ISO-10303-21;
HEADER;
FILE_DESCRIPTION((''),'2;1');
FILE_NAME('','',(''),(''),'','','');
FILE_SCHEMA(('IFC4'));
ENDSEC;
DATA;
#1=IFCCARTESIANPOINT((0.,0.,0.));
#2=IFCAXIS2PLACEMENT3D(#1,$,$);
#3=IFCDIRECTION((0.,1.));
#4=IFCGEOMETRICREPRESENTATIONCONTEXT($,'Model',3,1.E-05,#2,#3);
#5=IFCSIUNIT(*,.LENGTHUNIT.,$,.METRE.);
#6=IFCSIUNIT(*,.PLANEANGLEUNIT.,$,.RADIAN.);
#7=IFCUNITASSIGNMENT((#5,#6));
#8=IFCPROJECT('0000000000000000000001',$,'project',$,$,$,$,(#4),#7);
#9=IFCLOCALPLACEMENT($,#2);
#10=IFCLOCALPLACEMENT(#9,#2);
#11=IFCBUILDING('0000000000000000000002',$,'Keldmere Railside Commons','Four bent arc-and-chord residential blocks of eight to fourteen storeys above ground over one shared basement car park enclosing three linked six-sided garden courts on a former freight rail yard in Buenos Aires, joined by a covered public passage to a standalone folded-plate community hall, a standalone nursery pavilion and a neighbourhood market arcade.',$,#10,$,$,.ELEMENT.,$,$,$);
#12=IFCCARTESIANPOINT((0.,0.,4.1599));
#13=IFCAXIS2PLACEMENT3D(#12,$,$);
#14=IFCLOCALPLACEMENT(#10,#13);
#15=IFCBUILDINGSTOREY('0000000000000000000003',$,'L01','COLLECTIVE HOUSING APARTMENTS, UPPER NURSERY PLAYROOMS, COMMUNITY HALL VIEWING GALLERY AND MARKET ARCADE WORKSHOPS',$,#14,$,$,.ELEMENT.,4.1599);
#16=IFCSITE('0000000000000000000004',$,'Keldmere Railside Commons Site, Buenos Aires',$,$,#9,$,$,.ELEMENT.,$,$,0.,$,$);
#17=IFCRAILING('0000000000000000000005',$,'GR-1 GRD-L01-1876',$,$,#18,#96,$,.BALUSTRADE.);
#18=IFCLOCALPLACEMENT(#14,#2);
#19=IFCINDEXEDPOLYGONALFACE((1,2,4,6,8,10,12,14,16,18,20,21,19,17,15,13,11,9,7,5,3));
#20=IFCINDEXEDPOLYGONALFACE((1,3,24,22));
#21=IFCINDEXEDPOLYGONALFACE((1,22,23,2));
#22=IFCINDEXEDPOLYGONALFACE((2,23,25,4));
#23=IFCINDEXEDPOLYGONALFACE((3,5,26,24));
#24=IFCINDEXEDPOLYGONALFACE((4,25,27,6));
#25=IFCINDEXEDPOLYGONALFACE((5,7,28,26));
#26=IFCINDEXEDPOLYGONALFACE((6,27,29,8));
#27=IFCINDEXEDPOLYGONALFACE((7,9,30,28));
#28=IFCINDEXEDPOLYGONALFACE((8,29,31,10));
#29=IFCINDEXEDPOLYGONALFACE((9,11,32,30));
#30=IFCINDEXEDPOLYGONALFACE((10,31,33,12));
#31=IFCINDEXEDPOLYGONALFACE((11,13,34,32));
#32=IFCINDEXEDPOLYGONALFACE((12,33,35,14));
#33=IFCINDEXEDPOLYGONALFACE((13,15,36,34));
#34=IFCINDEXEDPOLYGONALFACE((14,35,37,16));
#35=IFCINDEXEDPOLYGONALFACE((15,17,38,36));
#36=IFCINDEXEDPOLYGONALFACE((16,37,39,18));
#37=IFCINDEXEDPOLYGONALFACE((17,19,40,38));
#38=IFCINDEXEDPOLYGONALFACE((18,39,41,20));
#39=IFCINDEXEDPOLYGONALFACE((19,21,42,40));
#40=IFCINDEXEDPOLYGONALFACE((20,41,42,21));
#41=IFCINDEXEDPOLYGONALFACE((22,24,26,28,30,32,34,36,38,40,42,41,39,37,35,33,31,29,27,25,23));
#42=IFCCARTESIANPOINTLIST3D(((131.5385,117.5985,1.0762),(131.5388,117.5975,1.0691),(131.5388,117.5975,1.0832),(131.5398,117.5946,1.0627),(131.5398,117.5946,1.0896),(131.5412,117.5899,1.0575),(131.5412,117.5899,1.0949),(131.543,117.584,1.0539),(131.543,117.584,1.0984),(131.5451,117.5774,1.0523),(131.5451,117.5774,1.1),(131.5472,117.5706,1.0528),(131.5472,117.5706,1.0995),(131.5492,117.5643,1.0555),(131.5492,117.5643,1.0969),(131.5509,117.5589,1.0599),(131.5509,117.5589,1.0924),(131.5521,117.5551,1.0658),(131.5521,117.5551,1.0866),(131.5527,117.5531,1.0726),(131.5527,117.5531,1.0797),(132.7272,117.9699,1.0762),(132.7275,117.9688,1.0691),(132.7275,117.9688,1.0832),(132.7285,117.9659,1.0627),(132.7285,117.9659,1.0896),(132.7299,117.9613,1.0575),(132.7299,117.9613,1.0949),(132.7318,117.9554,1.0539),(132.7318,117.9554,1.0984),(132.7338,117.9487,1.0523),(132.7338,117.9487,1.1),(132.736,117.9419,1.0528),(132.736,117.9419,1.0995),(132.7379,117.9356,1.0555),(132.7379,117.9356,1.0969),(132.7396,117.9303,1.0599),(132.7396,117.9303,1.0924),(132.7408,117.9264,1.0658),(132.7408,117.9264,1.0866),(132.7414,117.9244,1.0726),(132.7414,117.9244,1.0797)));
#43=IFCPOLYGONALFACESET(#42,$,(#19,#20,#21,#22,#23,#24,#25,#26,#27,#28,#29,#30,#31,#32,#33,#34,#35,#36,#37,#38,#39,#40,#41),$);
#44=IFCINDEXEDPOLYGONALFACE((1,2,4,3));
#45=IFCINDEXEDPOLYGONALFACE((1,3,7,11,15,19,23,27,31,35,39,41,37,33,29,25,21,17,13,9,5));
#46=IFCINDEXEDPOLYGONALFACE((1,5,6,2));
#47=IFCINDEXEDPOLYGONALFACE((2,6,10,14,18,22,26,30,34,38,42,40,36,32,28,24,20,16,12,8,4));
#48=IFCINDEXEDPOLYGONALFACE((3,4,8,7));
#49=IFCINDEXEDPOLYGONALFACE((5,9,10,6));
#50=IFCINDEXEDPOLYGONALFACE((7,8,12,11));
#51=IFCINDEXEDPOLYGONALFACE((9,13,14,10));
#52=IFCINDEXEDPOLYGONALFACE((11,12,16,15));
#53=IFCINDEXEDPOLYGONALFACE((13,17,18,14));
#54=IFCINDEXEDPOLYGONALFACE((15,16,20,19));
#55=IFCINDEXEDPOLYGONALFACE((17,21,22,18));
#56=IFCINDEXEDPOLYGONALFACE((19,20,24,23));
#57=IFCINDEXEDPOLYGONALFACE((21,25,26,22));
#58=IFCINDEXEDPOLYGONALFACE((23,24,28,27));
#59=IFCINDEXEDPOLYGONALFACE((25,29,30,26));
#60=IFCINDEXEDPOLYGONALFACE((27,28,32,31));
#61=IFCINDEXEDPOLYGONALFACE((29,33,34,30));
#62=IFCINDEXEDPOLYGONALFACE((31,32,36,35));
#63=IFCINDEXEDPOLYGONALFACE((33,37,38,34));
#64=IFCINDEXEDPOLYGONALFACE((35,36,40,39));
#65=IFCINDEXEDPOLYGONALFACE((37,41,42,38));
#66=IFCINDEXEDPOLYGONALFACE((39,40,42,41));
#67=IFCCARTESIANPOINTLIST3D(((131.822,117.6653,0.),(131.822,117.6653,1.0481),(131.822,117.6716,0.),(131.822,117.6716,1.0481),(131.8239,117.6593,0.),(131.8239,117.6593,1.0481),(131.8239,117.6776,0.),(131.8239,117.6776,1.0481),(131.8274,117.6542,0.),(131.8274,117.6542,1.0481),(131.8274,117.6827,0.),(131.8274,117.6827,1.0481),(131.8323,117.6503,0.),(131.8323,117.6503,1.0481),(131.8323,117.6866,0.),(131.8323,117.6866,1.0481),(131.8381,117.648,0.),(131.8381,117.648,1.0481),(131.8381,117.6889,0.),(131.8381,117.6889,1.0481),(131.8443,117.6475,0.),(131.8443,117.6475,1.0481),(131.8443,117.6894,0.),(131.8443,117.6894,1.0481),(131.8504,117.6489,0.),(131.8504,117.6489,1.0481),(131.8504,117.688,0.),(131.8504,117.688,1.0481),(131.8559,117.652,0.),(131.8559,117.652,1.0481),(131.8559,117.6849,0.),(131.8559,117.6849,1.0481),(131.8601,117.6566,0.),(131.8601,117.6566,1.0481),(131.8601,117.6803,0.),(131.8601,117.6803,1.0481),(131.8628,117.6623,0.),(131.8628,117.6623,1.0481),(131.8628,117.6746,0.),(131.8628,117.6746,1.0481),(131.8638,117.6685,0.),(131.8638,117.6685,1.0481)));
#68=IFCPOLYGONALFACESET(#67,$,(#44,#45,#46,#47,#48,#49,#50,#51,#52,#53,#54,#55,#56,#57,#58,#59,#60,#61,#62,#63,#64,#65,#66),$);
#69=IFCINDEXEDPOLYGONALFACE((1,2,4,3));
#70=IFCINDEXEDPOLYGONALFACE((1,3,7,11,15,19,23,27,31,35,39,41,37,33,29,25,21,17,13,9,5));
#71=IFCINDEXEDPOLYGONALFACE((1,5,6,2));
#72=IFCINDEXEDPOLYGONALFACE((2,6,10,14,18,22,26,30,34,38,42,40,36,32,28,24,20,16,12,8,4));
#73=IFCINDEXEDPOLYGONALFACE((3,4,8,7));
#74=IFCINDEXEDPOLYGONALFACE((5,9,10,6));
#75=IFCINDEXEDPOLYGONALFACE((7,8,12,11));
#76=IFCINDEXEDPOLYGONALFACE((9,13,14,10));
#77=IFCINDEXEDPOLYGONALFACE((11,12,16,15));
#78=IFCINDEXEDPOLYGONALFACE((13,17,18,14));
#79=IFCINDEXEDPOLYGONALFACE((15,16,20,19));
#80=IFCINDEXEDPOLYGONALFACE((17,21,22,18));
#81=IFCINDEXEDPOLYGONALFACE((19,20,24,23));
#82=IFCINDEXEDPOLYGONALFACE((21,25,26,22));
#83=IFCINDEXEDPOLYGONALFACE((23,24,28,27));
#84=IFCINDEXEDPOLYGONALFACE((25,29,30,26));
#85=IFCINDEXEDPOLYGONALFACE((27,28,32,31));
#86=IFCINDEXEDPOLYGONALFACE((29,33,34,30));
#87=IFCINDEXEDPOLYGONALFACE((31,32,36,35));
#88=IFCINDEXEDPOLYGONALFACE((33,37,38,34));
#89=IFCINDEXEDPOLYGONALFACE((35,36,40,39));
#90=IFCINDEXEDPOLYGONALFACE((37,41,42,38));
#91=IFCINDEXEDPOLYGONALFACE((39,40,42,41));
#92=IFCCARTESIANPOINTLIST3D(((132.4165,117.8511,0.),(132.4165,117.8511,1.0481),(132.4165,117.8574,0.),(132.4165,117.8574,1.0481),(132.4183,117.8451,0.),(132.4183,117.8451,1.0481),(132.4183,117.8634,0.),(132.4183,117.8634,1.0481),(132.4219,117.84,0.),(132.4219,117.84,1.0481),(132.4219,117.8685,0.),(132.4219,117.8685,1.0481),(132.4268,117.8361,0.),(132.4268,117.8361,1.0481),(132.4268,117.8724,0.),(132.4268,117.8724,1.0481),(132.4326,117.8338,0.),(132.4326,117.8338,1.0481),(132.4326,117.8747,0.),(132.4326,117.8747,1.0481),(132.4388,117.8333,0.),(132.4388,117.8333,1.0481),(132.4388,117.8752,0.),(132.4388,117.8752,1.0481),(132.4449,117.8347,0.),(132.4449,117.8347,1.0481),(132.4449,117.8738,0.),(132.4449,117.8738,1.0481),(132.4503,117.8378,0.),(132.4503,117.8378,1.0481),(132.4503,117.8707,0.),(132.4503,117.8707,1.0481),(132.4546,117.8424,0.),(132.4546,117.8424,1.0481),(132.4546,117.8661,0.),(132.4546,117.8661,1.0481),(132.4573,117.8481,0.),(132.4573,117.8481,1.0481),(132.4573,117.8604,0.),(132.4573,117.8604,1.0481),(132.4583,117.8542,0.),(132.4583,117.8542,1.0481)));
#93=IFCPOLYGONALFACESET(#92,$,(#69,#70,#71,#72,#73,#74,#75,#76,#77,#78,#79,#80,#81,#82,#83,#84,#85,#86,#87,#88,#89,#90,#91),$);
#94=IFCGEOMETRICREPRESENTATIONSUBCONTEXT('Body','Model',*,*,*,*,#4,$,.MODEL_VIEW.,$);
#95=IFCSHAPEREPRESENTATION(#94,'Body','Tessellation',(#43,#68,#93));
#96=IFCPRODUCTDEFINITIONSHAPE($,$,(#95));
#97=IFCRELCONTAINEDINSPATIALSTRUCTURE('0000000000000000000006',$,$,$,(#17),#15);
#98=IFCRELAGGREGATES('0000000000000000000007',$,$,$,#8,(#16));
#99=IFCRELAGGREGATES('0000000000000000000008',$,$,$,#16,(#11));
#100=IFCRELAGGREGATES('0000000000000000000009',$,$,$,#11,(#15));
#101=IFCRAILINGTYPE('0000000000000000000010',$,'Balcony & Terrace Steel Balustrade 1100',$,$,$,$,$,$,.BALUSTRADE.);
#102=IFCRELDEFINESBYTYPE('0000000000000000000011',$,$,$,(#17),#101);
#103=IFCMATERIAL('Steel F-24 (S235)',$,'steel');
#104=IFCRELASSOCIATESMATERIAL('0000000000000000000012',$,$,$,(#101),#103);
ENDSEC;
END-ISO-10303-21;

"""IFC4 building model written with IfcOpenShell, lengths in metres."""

from ifc_helpers import new_model, si_unit, direction, frame, origin, origin_2d, place, context, subcontext, project, spatial, circle, extrude, material, type_object, element, save


model = new_model("IFC4")

# Units and contexts
model_context = context("Model", 3, precision=1e-05, world=origin(), true_north=direction((0.0, 1.0)))
body_context = subcontext(model_context, "Body", "Model", "MODEL_VIEW")
ifc_project = project(units=[si_unit("LENGTHUNIT", "METRE"), si_unit("PLANEANGLEUNIT", "RADIAN")], contexts=[model_context])

# Site, building, storey
site_placement = place(None, origin())
site = spatial("IfcSite", under=ifc_project, at=site_placement, Name="Keldmere Railside Commons Site, Buenos Aires", CompositionType="ELEMENT", RefElevation=0.0)
building_placement = place(site_placement, origin())
building = spatial("IfcBuilding", under=site, at=building_placement, Name="Keldmere Railside Commons", Description="Four bent arc-and-chord residential blocks of eight to fourteen storeys above ground over one shared basement car park enclosing three linked six-sided garden courts on a former freight rail yard in Buenos Aires, joined by a covered public passage to a standalone folded-plate community hall, a standalone nursery pavilion and a neighbourhood market arcade.", CompositionType="ELEMENT")
storey_placement = place(building_placement, frame((0.0, 0.0, 4.1599)))
storey = spatial("IfcBuildingStorey", under=building, at=storey_placement, Name="L01", Description="COLLECTIVE HOUSING APARTMENTS, UPPER NURSERY PLAYROOMS, COMMUNITY HALL VIEWING GALLERY AND MARKET ARCADE WORKSHOPS", CompositionType="ELEMENT", Elevation=4.1599)

# Railing
ifc_material_1 = material(Name="Steel F-24 (S235)", Category="steel")
railing_type = type_object("IfcRailingType", Name="Balcony & Terrace Steel Balustrade 1100", PredefinedType="BALUSTRADE", material=ifc_material_1)
railing_1_placement = place(storey_placement, frame((131.5457, 117.5757, 0.0)))
element("IfcRailing", 1, at=railing_1_placement, inside=storey, type_object=railing_type, Name="GR-1 GRD-L01-1876", PredefinedType="BALUSTRADE", context=body_context, shape_type="SweptSolid", body=[
    extrude(circle(Radius=0.0239, at=origin_2d()), frame((0.0, 0.0, 1.0762), z_axis=(0.954511, 0.298175, 0.0), x_axis=(-0.298175, 0.954511, 0.0)), (0.0, 0.0, 1.0), 1.2454),
    extrude(circle(Radius=0.021, at=origin_2d()), frame((0.2971, 0.0928, 0.0)), (0.0, 0.0, 1.0), 1.0481),
    extrude(circle(Radius=0.021, at=origin_2d()), frame((0.8916, 0.2786, 0.0)), (0.0, 0.0, 1.0), 1.0481),
])

save(model, "model.ifc")
